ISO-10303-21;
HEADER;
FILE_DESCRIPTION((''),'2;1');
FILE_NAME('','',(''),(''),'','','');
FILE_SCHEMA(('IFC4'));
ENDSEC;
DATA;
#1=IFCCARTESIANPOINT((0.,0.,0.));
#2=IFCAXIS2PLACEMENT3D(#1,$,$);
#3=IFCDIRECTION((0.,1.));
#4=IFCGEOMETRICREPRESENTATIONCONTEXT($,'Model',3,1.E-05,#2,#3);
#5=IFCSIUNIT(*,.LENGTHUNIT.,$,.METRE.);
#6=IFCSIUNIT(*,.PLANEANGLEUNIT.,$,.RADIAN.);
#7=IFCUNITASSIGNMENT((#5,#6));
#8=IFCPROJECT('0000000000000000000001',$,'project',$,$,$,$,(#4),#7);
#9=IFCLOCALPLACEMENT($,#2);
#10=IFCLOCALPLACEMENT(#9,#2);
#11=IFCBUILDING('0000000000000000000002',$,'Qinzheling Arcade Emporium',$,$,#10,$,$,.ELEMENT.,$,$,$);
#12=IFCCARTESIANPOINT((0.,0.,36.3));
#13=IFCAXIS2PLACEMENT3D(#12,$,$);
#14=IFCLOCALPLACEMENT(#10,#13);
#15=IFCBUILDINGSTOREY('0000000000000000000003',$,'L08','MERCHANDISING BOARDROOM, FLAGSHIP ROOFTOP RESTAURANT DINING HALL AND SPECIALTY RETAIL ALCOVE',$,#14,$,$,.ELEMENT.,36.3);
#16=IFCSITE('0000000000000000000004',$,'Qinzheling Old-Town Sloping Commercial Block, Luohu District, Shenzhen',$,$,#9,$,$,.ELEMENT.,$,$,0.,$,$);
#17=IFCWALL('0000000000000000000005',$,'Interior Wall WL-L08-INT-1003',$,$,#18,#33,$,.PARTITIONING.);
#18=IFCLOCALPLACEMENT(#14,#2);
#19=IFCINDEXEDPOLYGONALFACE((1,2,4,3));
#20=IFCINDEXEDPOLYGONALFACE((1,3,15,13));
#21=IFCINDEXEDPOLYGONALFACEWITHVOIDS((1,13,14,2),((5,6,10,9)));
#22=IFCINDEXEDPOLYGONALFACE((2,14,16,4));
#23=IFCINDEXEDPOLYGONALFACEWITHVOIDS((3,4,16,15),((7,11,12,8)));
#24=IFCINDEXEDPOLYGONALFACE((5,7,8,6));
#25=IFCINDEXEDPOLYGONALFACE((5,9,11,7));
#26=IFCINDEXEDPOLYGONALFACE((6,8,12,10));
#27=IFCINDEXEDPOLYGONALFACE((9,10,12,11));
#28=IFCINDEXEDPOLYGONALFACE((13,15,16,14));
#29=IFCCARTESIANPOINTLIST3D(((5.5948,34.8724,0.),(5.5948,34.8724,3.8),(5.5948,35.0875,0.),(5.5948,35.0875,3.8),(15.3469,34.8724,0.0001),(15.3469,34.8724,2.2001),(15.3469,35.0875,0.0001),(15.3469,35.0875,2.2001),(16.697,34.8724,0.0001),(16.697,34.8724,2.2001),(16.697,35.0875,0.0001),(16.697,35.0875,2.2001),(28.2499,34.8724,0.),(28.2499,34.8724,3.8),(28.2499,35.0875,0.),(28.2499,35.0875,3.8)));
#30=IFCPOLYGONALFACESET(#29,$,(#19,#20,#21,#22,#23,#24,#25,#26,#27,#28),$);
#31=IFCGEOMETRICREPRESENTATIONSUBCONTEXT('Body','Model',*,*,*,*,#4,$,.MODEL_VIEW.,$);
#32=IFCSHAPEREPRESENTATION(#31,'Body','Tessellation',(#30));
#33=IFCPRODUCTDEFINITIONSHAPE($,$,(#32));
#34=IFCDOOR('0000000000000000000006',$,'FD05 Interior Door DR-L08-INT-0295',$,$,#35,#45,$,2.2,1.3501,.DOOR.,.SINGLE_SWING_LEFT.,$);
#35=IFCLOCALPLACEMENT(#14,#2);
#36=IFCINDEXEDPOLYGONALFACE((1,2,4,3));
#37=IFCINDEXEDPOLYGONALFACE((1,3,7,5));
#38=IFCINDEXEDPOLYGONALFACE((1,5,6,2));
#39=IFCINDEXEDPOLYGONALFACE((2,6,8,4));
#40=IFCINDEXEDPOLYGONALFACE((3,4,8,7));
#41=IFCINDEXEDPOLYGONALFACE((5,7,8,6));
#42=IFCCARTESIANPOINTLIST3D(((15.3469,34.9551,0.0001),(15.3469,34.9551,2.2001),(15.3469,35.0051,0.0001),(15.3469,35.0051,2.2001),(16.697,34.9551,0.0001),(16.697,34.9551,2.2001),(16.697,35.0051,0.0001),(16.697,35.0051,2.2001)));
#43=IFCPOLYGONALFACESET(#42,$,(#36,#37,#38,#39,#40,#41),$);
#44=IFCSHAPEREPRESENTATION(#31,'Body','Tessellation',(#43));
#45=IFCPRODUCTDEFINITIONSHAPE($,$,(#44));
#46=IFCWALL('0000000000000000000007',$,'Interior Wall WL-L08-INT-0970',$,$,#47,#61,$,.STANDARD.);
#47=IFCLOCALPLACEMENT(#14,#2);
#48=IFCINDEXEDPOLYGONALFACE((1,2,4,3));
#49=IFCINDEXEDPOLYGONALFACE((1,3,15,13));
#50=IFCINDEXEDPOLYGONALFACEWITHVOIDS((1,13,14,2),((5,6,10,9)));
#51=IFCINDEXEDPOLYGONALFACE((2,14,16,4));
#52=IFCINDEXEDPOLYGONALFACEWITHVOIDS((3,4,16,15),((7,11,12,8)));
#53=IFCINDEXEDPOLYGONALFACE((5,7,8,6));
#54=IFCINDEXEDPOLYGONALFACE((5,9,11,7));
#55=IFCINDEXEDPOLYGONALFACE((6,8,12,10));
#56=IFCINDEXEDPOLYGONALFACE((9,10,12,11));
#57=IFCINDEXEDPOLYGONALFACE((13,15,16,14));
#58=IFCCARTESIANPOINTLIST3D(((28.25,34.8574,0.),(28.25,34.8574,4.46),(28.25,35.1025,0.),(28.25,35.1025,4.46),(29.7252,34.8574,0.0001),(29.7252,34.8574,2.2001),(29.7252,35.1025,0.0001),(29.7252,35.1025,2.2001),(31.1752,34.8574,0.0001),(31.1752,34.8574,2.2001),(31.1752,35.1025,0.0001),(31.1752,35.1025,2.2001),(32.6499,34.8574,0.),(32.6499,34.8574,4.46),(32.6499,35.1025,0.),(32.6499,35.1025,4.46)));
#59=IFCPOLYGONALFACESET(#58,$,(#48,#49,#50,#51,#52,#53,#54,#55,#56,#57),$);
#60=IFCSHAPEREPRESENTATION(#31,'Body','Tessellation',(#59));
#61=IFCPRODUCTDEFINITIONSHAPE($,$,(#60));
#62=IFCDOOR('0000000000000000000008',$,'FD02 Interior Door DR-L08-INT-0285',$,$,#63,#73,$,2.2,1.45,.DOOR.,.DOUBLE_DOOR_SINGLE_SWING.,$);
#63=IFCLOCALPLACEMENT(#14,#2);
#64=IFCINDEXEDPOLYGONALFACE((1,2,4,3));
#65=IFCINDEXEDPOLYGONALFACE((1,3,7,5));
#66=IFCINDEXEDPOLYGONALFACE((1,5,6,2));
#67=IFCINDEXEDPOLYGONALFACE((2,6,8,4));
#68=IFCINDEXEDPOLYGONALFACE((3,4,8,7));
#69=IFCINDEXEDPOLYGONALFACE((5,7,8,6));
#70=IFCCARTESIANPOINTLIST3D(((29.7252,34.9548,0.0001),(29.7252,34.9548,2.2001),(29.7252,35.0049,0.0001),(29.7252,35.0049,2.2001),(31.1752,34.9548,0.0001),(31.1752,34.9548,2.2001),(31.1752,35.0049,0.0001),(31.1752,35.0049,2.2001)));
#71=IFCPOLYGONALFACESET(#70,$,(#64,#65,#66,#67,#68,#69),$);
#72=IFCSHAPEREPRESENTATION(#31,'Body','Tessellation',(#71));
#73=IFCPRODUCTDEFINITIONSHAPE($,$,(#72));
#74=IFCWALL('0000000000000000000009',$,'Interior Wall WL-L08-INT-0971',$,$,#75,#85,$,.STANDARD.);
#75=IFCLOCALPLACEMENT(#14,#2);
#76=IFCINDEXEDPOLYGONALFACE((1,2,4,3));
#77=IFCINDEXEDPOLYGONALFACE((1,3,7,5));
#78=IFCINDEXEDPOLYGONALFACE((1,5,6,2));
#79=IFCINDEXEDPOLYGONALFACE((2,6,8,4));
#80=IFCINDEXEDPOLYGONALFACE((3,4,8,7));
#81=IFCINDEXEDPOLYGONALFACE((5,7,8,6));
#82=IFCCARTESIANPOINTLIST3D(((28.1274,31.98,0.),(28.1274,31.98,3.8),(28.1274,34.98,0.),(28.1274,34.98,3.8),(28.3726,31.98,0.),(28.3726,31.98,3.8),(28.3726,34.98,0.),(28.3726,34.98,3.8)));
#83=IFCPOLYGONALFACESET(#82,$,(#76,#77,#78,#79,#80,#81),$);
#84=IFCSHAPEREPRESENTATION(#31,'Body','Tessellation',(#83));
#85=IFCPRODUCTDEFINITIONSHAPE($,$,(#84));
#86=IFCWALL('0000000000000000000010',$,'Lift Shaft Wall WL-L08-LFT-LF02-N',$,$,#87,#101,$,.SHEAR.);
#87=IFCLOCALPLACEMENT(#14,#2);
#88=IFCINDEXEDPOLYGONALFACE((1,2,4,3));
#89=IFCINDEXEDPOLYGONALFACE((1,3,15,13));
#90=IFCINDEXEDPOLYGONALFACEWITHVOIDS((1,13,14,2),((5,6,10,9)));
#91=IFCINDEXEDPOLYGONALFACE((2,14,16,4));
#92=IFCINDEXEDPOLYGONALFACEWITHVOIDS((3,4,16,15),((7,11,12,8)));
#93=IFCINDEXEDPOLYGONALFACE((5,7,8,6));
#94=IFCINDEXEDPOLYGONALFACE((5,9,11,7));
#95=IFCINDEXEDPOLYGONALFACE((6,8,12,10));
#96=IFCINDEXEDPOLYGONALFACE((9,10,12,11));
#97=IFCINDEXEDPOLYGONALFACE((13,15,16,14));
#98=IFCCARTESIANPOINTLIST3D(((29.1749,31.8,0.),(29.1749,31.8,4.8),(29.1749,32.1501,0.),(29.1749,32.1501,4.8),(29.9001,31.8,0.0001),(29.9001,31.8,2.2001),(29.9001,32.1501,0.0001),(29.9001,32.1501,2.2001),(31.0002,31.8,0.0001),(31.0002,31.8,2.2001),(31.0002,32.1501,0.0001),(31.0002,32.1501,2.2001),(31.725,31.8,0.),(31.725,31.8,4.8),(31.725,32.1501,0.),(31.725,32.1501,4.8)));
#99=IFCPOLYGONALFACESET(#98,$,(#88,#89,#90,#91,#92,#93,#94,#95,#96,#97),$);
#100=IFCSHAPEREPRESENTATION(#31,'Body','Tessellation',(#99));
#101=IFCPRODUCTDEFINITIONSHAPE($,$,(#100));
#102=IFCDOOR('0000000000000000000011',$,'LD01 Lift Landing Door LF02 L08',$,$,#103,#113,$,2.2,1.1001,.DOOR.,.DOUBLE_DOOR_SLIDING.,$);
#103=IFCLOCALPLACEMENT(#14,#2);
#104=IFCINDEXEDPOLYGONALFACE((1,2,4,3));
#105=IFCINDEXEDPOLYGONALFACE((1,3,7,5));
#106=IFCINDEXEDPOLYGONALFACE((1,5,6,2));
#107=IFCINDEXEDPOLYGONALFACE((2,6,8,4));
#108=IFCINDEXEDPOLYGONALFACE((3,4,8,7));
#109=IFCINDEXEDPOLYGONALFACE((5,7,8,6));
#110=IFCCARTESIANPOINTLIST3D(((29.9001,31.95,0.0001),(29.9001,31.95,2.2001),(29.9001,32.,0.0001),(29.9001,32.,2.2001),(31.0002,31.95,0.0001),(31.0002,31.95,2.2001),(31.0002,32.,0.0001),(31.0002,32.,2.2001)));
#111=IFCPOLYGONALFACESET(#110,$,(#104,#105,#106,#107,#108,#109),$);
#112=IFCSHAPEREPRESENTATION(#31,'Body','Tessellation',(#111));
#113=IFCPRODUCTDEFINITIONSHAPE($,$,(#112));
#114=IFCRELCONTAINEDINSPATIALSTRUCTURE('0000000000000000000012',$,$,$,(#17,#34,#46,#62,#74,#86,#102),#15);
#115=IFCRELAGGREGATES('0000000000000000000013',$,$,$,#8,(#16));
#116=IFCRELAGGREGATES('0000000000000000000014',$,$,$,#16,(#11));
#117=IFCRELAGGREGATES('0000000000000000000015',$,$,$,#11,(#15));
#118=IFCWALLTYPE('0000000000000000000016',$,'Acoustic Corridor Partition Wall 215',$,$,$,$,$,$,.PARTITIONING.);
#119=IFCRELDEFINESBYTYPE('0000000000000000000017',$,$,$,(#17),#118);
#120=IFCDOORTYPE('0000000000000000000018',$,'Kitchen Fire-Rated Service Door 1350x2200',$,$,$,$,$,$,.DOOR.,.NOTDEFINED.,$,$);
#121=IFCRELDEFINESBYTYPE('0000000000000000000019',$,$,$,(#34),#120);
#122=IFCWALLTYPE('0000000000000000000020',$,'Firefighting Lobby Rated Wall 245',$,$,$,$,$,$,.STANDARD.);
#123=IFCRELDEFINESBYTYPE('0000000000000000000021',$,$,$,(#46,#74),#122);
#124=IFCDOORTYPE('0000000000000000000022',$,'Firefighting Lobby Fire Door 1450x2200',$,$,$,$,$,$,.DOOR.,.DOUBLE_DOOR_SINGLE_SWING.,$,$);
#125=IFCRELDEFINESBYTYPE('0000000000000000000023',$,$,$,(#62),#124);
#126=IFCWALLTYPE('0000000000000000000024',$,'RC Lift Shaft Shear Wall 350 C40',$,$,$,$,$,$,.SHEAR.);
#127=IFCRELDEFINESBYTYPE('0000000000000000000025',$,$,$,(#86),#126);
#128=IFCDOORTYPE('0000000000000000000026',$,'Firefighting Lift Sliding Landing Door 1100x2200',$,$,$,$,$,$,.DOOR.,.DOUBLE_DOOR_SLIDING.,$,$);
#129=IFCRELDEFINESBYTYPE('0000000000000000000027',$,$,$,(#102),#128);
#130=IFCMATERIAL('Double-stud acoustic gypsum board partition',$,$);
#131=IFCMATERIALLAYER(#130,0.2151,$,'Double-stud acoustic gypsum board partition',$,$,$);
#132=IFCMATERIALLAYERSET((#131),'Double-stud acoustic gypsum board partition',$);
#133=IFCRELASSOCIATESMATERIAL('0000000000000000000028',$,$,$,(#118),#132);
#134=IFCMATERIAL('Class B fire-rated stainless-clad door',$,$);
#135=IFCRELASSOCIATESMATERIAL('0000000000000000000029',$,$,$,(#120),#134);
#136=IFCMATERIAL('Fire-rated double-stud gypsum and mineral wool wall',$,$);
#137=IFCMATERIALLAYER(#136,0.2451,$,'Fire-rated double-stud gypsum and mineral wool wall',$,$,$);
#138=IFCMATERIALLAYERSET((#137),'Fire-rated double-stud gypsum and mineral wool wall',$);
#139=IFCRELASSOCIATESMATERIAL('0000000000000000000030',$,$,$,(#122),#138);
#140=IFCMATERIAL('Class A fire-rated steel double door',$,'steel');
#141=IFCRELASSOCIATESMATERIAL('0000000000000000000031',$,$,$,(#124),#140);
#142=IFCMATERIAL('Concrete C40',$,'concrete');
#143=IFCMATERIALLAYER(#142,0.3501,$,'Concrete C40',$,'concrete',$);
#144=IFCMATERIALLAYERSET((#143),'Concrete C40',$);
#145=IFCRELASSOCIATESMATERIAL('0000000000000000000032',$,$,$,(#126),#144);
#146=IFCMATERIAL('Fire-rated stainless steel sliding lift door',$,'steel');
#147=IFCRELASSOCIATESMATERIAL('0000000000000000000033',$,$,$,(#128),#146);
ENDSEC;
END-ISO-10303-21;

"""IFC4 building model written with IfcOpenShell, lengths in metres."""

from ifc_helpers import new_model, si_unit, direction, frame, frame_2d, origin, place, context, subcontext, project, spatial, rectangle, extrude, material, layer, layer_set, type_object, element, fill, save


model = new_model("IFC4")

# Units and contexts
model_context = context("Model", 3, precision=1e-05, world=origin(), true_north=direction((0.0, 1.0)))
body_context = subcontext(model_context, "Body", "Model", "MODEL_VIEW")
ifc_project = project(units=[si_unit("LENGTHUNIT", "METRE"), si_unit("PLANEANGLEUNIT", "RADIAN")], contexts=[model_context])

# Site, building, storey
site_placement = place(None, origin())
site = spatial("IfcSite", under=ifc_project, at=site_placement, Name="Qinzheling Old-Town Sloping Commercial Block, Luohu District, Shenzhen", CompositionType="ELEMENT", RefElevation=0.0)
building_placement = place(site_placement, origin())
building = spatial("IfcBuilding", under=site, at=building_placement, Name="Qinzheling Arcade Emporium", CompositionType="ELEMENT")
storey_placement = place(building_placement, frame((0.0, 0.0, 36.3)))
storey = spatial("IfcBuildingStorey", under=building, at=storey_placement, Name="L08", Description="MERCHANDISING BOARDROOM, FLAGSHIP ROOFTOP RESTAURANT DINING HALL AND SPECIALTY RETAIL ALCOVE", CompositionType="ELEMENT", Elevation=36.3)

# Shared definitions
ifc_material_1 = material(Name="Concrete C40", Category="concrete")

# Walls, openings, doors
ifc_material_2 = material(Name="Double-stud acoustic gypsum board partition")
ifc_layer_1 = layer(ifc_material_2, 0.2151, Name="Double-stud acoustic gypsum board partition")
ifc_layer_set_1 = layer_set([ifc_layer_1], Name="Double-stud acoustic gypsum board partition")
wall_type_1 = type_object("IfcWallType", Name="Acoustic Corridor Partition Wall 215", PredefinedType="PARTITIONING", material=ifc_layer_set_1)
wall_1_placement = place(storey_placement, frame((28.25, 34.98, 0.0), z_axis=(0.0, 0.0, 1.0), x_axis=(-1.0, 0.0, 0.0)))
wall_1 = element("IfcWall", 1, at=wall_1_placement, inside=storey, type_object=wall_type_1, Name="Interior Wall WL-L08-INT-1003", PredefinedType="PARTITIONING", context=body_context, shape_type="SweptSolid", body=[
    extrude(rectangle(XDim=22.655, YDim=0.2151, at=frame_2d((11.3276, 0.0))), origin(), (0.0, 0.0, 1.0), 3.8),
])
opening_1_placement = place(wall_1_placement, frame((11.553, 0.0, 0.0)))
opening_1 = element("IfcOpeningElement", 2, at=opening_1_placement, cuts=wall_1, PredefinedType="OPENING", context=body_context, shape_type="SweptSolid", body=[
    extrude(rectangle(XDim=1.3501, YDim=2.2, at=frame_2d((0.675, 1.1001))), frame((0.0, 0.1177, 0.0), z_axis=(0.0, -1.0, 0.0), x_axis=(1.0, 0.0, 0.0)), (0.0, 0.0, 1.0), 0.2351),
])
ifc_material_3 = material(Name="Class B fire-rated stainless-clad door")
door_type_1 = type_object("IfcDoorType", Name="Kitchen Fire-Rated Service Door 1350x2200", OperationType="NOTDEFINED", PredefinedType="DOOR", material=ifc_material_3)
door_1_placement = place(opening_1_placement, origin())
door_1 = element("IfcDoor", 3, at=door_1_placement, inside=storey, type_object=door_type_1, Name="FD05 Interior Door DR-L08-INT-0295", OperationType="SINGLE_SWING_LEFT", OverallHeight=2.2, OverallWidth=1.3501, PredefinedType="DOOR", context=body_context, shape_type="SweptSolid", body=[
    extrude(rectangle(XDim=1.3501, YDim=2.2, at=frame_2d((0.675, 1.1001))), frame((0.0, 0.0249, 0.0), z_axis=(0.0, -1.0, 0.0), x_axis=(1.0, 0.0, 0.0)), (0.0, 0.0, 1.0), 0.05),
])
fill(opening_1, door_1)
ifc_material_4 = material(Name="Fire-rated double-stud gypsum and mineral wool wall")
ifc_layer_2 = layer(ifc_material_4, 0.2451, Name="Fire-rated double-stud gypsum and mineral wool wall")
ifc_layer_set_2 = layer_set([ifc_layer_2], Name="Fire-rated double-stud gypsum and mineral wool wall")
wall_type_2 = type_object("IfcWallType", Name="Firefighting Lobby Rated Wall 245", PredefinedType="STANDARD", material=ifc_layer_set_2)
wall_2_placement = place(storey_placement, frame((28.25, 34.98, 0.0), z_axis=(0.0, 0.0, 1.0), x_axis=(1.0, 0.0, 0.0)))
wall_2 = element("IfcWall", 4, at=wall_2_placement, inside=storey, type_object=wall_type_2, Name="Interior Wall WL-L08-INT-0970", PredefinedType="STANDARD", context=body_context, shape_type="SweptSolid", body=[
    extrude(rectangle(XDim=4.3999, YDim=0.2451, at=frame_2d((2.2, 0.0))), origin(), (0.0, 0.0, 1.0), 4.46),
])
opening_2_placement = place(wall_2_placement, frame((1.4751, 0.0, 0.0)))
opening_2 = element("IfcOpeningElement", 5, at=opening_2_placement, cuts=wall_2, PredefinedType="OPENING", context=body_context, shape_type="SweptSolid", body=[
    extrude(rectangle(XDim=1.45, YDim=2.2, at=frame_2d((0.7251, 1.1001))), frame((0.0, 0.1326, 0.0), z_axis=(0.0, -1.0, 0.0), x_axis=(1.0, 0.0, 0.0)), (0.0, 0.0, 1.0), 0.2651),
])
ifc_material_5 = material(Name="Class A fire-rated steel double door", Category="steel")
door_type_2 = type_object("IfcDoorType", Name="Firefighting Lobby Fire Door 1450x2200", OperationType="DOUBLE_DOOR_SINGLE_SWING", PredefinedType="DOOR", material=ifc_material_5)
door_2_placement = place(opening_2_placement, origin())
door_2 = element("IfcDoor", 6, at=door_2_placement, inside=storey, type_object=door_type_2, Name="FD02 Interior Door DR-L08-INT-0285", OperationType="DOUBLE_DOOR_SINGLE_SWING", OverallHeight=2.2, OverallWidth=1.45, PredefinedType="DOOR", context=body_context, shape_type="SweptSolid", body=[
    extrude(rectangle(XDim=1.45, YDim=2.2, at=frame_2d((0.7251, 1.1001))), frame((0.0, 0.0249, 0.0), z_axis=(0.0, -1.0, 0.0), x_axis=(1.0, 0.0, 0.0)), (0.0, 0.0, 1.0), 0.05),
])
fill(opening_2, door_2)

# Wall
wall_3_placement = place(storey_placement, frame((28.25, 31.98, 0.0), z_axis=(0.0, 0.0, 1.0), x_axis=(0.0, 1.0, 0.0)))
element("IfcWall", 7, at=wall_3_placement, inside=storey, type_object=wall_type_2, Name="Interior Wall WL-L08-INT-0971", PredefinedType="STANDARD", context=body_context, shape_type="SweptSolid", body=[
    extrude(rectangle(XDim=3.0, YDim=0.2451, at=frame_2d((1.5, 0.0))), origin(), (0.0, 0.0, 1.0), 3.8),
])

# Wall, opening, door
ifc_layer_3 = layer(ifc_material_1, 0.3501, Name="Concrete C40", Category="concrete")
ifc_layer_set_3 = layer_set([ifc_layer_3], Name="Concrete C40")
wall_type_3 = type_object("IfcWallType", Name="RC Lift Shaft Shear Wall 350 C40", PredefinedType="SHEAR", material=ifc_layer_set_3)
wall_4_placement = place(storey_placement, frame((29.175, 31.9751, 0.0), z_axis=(0.0, 0.0, 1.0), x_axis=(1.0, 0.0, 0.0)))
wall_4 = element("IfcWall", 8, at=wall_4_placement, inside=storey, type_object=wall_type_3, Name="Lift Shaft Wall WL-L08-LFT-LF02-N", PredefinedType="SHEAR", context=body_context, shape_type="SweptSolid", body=[
    extrude(rectangle(XDim=2.55, YDim=0.3501, at=frame_2d((1.2749, 0.0))), origin(), (0.0, 0.0, 1.0), 4.8),
])
opening_3_placement = place(wall_4_placement, frame((0.7251, 0.0, 0.0)))
opening_3 = element("IfcOpeningElement", 9, at=opening_3_placement, cuts=wall_4, PredefinedType="OPENING", context=body_context, shape_type="SweptSolid", body=[
    extrude(rectangle(XDim=1.1001, YDim=2.2, at=frame_2d((0.55, 1.1001))), frame((0.0, 0.1851, 0.0), z_axis=(0.0, -1.0, 0.0), x_axis=(1.0, 0.0, 0.0)), (0.0, 0.0, 1.0), 0.3701),
])
ifc_material_6 = material(Name="Fire-rated stainless steel sliding lift door", Category="steel")
door_type_3 = type_object("IfcDoorType", Name="Firefighting Lift Sliding Landing Door 1100x2200", OperationType="DOUBLE_DOOR_SLIDING", PredefinedType="DOOR", material=ifc_material_6)
door_3_placement = place(opening_3_placement, origin())
door_3 = element("IfcDoor", 10, at=door_3_placement, inside=storey, type_object=door_type_3, Name="LD01 Lift Landing Door LF02 L08", OperationType="DOUBLE_DOOR_SLIDING", OverallHeight=2.2, OverallWidth=1.1001, PredefinedType="DOOR", context=body_context, shape_type="SweptSolid", body=[
    extrude(rectangle(XDim=1.1001, YDim=2.2, at=frame_2d((0.55, 1.1001))), frame((0.0, 0.0249, 0.0), z_axis=(0.0, -1.0, 0.0), x_axis=(1.0, 0.0, 0.0)), (0.0, 0.0, 1.0), 0.05),
])
fill(opening_3, door_3)

save(model, "model.ifc")
